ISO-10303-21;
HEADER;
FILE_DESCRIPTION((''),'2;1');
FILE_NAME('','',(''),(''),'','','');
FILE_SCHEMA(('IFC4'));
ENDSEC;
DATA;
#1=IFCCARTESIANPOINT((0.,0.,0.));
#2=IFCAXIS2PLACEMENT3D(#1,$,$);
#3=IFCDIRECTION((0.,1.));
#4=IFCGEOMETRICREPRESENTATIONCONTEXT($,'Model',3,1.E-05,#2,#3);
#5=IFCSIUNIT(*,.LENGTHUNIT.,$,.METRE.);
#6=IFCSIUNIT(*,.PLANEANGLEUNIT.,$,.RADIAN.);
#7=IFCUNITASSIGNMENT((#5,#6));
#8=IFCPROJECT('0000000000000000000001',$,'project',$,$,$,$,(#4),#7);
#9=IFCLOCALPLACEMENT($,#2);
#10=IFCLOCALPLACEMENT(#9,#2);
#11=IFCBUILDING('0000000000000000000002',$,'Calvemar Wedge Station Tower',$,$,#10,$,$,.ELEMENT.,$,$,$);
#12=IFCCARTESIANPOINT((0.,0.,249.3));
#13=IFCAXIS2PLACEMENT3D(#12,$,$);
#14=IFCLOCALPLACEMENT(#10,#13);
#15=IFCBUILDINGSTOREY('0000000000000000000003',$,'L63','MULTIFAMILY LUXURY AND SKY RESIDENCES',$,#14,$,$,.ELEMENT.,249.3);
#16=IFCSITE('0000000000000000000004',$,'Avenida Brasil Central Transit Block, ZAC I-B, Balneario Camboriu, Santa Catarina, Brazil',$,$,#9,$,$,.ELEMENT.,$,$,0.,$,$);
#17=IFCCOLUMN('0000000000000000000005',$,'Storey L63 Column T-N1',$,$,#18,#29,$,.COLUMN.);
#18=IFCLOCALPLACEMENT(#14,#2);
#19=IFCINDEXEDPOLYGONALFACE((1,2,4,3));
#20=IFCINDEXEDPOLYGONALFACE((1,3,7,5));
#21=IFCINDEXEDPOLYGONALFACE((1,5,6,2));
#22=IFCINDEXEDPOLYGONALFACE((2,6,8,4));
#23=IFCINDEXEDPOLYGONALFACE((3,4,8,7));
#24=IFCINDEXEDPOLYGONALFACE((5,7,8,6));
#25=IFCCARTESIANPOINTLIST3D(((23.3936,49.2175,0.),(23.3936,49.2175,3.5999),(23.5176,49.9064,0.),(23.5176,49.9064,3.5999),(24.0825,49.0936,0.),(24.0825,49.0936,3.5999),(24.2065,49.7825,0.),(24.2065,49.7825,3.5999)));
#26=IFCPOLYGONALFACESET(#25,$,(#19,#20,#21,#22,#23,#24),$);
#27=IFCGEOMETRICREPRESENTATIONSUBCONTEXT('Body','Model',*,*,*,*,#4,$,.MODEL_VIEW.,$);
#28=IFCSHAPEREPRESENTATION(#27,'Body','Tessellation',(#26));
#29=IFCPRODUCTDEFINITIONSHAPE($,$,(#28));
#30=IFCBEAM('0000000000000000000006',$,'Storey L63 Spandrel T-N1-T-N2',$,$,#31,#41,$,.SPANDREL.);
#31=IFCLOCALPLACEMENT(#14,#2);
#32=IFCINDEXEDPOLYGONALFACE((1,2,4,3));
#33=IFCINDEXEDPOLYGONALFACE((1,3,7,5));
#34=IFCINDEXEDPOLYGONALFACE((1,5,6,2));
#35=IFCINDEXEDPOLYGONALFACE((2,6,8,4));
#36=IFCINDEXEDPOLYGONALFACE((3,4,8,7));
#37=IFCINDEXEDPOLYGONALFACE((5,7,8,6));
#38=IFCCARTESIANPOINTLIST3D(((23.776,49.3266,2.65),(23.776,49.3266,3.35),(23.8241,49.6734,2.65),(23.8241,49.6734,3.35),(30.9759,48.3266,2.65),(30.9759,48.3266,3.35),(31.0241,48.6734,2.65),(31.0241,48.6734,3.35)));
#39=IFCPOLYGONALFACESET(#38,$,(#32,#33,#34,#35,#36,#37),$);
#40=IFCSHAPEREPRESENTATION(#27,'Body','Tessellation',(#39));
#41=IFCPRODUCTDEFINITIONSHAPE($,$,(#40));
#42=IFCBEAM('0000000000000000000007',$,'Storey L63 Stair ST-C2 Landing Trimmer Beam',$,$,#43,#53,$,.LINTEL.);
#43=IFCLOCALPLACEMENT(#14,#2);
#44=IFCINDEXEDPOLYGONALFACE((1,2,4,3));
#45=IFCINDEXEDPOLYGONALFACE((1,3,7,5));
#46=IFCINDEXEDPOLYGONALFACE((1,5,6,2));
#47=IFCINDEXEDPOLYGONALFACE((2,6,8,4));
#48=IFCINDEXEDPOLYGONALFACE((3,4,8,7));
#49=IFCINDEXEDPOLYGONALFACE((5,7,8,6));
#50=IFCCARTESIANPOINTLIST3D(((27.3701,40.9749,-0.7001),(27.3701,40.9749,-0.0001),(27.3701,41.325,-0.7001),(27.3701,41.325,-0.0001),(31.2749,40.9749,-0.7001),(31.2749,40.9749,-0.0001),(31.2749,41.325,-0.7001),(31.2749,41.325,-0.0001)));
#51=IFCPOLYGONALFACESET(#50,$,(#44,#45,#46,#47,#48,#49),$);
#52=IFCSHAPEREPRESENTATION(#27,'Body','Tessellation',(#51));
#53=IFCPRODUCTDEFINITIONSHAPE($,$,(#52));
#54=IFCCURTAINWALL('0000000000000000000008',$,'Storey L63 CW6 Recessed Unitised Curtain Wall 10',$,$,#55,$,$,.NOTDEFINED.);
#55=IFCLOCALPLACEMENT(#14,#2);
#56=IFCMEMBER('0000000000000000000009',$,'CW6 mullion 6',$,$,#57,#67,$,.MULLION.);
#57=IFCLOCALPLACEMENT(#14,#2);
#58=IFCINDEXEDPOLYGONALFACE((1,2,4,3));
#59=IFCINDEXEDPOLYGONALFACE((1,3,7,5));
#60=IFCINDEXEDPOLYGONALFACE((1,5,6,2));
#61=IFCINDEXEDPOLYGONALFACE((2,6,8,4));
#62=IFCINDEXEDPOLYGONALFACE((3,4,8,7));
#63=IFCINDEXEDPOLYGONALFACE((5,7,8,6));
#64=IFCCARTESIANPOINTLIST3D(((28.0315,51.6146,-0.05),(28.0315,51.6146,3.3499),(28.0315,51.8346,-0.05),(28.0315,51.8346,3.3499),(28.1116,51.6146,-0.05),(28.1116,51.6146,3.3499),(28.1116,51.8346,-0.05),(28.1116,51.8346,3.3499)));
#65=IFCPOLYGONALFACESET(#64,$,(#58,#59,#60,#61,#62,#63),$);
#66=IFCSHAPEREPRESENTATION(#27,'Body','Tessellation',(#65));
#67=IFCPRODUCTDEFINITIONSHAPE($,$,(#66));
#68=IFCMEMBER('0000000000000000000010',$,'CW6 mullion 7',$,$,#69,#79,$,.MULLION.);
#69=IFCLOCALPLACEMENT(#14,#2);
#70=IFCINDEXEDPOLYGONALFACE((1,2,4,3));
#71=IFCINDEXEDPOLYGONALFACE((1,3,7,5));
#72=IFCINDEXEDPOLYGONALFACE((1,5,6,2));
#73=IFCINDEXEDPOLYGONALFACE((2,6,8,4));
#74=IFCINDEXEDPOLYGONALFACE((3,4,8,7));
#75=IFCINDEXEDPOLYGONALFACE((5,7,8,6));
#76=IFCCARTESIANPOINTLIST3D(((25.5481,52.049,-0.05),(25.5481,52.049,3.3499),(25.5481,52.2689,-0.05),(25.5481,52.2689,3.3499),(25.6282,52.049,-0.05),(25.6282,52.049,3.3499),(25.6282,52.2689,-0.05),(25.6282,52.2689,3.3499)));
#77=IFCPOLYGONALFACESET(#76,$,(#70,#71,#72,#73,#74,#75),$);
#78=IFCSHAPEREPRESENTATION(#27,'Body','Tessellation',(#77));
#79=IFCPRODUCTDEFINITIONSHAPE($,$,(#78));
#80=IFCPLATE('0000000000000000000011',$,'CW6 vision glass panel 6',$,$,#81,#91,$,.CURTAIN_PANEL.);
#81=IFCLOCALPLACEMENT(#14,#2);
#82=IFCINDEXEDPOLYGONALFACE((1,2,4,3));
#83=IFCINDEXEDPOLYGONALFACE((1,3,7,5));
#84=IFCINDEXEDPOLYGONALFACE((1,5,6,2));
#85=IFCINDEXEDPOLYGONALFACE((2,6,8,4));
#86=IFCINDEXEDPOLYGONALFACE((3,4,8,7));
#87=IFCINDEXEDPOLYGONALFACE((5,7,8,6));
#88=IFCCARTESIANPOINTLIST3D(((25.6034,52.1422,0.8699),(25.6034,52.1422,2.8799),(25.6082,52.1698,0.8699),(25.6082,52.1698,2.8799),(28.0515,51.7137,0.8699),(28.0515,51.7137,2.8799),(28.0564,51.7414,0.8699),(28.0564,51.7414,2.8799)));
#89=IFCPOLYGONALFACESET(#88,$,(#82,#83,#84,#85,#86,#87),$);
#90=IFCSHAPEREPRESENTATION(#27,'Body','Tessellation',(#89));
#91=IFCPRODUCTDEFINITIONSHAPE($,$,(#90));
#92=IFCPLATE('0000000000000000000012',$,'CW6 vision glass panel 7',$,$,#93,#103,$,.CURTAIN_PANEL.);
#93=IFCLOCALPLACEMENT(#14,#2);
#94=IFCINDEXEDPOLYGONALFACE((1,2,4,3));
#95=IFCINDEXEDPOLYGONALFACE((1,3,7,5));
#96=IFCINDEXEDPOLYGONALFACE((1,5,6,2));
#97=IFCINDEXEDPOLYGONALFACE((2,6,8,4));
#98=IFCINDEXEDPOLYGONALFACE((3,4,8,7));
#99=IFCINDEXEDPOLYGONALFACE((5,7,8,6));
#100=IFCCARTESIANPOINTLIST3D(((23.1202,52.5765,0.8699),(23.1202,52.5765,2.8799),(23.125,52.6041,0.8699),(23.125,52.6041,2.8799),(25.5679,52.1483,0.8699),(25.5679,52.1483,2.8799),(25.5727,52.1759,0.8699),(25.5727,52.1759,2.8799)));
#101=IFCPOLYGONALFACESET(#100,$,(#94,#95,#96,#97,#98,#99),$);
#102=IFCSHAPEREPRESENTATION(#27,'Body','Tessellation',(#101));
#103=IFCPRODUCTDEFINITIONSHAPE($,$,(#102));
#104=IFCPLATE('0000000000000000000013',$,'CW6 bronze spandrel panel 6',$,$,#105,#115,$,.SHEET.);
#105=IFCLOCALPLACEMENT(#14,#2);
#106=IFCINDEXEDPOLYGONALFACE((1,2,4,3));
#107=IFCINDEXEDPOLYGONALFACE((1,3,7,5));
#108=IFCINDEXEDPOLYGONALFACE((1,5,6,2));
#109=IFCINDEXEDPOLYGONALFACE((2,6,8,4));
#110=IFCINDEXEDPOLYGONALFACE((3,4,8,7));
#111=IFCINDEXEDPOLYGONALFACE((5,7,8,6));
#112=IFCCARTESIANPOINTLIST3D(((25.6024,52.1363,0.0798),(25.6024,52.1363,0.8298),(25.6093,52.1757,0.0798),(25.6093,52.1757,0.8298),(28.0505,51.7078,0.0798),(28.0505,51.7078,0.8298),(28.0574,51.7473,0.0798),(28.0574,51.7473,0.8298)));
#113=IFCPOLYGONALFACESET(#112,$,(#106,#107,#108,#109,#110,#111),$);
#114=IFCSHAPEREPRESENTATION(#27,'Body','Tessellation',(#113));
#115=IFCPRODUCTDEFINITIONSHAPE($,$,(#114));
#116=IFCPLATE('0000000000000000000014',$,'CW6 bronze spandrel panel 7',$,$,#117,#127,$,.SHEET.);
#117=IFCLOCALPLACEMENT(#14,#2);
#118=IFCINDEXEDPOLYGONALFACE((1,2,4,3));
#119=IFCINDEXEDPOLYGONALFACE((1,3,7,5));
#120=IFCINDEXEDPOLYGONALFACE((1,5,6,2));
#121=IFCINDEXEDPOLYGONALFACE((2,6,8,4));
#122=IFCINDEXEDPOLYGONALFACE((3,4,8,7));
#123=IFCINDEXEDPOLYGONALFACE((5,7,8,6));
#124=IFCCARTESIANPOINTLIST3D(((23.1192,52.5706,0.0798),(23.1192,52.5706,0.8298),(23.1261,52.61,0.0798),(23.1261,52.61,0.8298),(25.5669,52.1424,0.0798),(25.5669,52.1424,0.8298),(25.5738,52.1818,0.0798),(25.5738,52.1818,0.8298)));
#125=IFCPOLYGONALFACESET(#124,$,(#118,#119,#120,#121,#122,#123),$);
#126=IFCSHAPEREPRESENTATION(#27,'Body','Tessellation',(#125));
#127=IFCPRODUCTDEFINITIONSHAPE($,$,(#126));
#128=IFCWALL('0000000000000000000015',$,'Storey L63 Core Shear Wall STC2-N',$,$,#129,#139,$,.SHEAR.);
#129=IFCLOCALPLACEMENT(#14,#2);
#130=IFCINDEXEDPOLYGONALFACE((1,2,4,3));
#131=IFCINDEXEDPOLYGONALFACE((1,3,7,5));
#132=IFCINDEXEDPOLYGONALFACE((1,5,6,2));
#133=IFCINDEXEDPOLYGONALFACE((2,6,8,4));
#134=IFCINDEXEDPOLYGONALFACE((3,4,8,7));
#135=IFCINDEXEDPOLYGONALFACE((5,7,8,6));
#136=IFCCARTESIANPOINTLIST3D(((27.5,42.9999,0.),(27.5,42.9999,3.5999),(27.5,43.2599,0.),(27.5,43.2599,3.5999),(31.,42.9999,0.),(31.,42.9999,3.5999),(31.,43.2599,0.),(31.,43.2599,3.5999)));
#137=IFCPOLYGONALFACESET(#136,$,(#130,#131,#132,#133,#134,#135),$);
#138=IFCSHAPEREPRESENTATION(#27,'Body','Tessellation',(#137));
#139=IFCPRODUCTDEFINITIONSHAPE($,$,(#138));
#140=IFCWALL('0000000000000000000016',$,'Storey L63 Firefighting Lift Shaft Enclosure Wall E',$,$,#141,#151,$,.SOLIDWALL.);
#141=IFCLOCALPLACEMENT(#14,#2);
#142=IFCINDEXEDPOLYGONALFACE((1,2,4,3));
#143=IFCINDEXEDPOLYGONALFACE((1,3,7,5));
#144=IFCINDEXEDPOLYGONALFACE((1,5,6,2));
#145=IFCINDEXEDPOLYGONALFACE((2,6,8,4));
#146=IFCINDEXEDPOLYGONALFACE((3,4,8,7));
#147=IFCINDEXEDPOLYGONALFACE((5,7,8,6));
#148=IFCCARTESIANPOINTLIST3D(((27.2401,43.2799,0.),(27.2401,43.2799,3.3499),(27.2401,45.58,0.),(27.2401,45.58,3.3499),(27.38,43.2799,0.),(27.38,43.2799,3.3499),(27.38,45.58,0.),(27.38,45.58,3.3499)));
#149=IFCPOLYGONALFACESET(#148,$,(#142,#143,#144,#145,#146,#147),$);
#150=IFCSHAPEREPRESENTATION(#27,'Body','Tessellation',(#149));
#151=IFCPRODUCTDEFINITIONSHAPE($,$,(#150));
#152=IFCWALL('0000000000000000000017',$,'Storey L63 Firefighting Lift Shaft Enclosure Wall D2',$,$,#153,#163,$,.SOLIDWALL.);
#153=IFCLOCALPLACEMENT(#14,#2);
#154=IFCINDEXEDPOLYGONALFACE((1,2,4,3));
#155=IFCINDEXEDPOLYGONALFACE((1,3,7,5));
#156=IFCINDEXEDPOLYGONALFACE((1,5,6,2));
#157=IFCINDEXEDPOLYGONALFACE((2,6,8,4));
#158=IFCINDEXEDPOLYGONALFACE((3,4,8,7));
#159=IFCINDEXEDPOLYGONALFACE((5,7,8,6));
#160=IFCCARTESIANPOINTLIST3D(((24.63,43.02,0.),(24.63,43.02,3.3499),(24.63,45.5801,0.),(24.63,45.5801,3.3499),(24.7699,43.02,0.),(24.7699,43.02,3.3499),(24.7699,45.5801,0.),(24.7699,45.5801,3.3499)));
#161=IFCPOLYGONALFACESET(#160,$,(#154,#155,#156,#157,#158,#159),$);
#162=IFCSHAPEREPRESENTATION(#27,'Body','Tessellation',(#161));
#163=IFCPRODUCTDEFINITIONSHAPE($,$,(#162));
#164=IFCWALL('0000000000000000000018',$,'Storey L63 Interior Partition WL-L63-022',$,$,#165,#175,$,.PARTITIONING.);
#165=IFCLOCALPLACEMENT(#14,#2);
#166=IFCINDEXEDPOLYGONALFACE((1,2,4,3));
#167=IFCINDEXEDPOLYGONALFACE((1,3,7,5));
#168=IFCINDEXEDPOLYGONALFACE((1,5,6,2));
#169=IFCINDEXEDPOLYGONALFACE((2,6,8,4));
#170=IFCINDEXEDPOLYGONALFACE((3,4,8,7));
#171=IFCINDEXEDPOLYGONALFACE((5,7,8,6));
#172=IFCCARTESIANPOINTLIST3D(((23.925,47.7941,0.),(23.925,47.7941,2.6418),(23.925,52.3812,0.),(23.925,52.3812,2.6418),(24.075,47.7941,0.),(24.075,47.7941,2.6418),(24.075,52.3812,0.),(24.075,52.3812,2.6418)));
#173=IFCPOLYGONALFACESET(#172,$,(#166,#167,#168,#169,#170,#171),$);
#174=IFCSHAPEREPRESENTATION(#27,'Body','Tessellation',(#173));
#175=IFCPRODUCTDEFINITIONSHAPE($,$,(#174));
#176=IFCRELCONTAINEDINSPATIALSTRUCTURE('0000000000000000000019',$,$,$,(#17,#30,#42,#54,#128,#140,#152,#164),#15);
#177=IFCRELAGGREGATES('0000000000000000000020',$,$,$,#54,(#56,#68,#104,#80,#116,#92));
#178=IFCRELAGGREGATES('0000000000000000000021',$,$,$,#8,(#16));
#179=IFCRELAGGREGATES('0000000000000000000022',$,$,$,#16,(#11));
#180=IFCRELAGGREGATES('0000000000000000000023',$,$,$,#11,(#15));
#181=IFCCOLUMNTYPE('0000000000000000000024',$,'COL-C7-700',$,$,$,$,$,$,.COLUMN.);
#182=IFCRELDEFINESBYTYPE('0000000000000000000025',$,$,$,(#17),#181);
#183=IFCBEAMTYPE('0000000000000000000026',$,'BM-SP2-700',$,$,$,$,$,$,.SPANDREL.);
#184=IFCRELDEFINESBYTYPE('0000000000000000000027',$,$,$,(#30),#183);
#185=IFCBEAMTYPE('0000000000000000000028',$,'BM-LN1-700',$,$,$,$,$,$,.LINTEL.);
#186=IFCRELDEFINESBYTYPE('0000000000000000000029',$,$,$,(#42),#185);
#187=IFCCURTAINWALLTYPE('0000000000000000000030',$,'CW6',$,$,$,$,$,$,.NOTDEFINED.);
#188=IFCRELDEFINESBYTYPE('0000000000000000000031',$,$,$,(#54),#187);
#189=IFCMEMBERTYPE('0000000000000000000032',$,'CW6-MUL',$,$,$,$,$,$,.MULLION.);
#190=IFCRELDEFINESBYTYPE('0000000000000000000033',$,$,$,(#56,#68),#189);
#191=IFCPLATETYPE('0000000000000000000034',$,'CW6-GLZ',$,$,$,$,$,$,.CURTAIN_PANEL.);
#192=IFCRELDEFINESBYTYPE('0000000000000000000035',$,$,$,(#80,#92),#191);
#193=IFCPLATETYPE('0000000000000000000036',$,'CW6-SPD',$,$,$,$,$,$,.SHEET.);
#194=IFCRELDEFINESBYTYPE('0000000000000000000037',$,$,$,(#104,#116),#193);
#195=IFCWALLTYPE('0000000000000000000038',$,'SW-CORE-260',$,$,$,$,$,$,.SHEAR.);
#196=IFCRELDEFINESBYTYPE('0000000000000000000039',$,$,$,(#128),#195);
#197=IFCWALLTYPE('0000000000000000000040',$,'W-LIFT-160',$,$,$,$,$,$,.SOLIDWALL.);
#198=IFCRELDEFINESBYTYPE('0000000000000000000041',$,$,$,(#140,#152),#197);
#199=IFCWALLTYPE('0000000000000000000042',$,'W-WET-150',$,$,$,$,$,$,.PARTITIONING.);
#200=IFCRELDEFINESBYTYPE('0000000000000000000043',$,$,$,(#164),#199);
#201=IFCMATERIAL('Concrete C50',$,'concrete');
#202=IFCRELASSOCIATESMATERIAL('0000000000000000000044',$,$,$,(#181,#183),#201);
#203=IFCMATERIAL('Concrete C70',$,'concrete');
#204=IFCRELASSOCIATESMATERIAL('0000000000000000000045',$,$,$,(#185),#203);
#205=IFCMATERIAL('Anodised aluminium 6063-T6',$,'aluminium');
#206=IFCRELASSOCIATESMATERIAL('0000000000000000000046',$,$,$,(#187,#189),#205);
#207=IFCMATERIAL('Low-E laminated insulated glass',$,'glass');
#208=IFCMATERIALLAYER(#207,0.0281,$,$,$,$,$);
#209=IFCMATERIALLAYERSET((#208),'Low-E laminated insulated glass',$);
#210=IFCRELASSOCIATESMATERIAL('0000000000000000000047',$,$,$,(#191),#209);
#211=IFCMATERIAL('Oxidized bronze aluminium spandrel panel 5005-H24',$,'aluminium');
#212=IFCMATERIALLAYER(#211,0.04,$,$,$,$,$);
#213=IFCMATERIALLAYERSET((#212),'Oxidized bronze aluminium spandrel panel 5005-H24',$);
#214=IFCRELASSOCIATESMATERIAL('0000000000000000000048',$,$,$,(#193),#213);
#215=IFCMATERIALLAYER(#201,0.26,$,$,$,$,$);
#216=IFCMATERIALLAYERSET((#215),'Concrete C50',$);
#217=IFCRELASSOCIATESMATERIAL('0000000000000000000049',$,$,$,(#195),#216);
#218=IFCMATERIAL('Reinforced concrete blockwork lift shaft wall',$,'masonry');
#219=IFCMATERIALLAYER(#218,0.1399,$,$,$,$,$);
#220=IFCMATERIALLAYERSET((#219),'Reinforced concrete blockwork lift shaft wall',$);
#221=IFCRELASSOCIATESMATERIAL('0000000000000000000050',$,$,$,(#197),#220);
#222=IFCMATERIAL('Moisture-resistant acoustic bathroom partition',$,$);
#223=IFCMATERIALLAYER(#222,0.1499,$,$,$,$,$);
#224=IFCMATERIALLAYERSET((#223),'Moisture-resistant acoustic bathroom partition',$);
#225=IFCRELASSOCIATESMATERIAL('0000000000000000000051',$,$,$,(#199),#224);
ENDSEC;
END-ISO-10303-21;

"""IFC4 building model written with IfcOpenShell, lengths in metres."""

from ifc_helpers import new_model, si_unit, direction, frame, frame_2d, origin, origin_2d, place, context, subcontext, project, spatial, rectangle, extrude, source, transform, mapped, material, layer, layer_set, material_profile, profile_set, type_object, element, aggregate, save


model = new_model("IFC4")

# Units and contexts
model_context = context("Model", 3, precision=1e-05, world=origin(), true_north=direction((0.0, 1.0)))
body_context = subcontext(model_context, "Body", "Model", "MODEL_VIEW")
ifc_project = project(units=[si_unit("LENGTHUNIT", "METRE"), si_unit("PLANEANGLEUNIT", "RADIAN")], contexts=[model_context])

# Site, building, storey
site_placement = place(None, origin())
site = spatial("IfcSite", under=ifc_project, at=site_placement, Name="Avenida Brasil Central Transit Block, ZAC I-B, Balneario Camboriu, Santa Catarina, Brazil", CompositionType="ELEMENT", RefElevation=0.0)
building_placement = place(site_placement, origin())
building = spatial("IfcBuilding", under=site, at=building_placement, Name="Calvemar Wedge Station Tower", CompositionType="ELEMENT")
storey_placement = place(building_placement, frame((0.0, 0.0, 249.3)))
storey = spatial("IfcBuildingStorey", under=building, at=storey_placement, Name="L63", Description="MULTIFAMILY LUXURY AND SKY RESIDENCES", CompositionType="ELEMENT", Elevation=249.3)

# Column
ifc_material_1 = material(Name="Concrete C50", Category="concrete")
ifc_material_profile_1 = material_profile(ifc_material_1, rectangle(XDim=0.7, YDim=0.7, at=origin_2d()), Name="RC700x700")
ifc_profile_set_1 = profile_set([ifc_material_profile_1], Name="Concrete C50")
column_type = type_object("IfcColumnType", Name="COL-C7-700", PredefinedType="COLUMN", material=ifc_profile_set_1)
shared_shape_1 = source(origin(), body_context, "Body", "SweptSolid", [
    extrude(rectangle(XDim=0.7, YDim=0.7, at=origin_2d()), origin(), (0.0, 0.0, 1.0), 3.5999),
])
column_placement = place(storey_placement, frame((23.8, 49.5, 0.0), z_axis=(0.0, 0.0, 1.0), x_axis=(0.984196, -0.177085, 0.0)))
element("IfcColumn", 1, at=column_placement, inside=storey, type_object=column_type, Name="Storey L63 Column T-N1", PredefinedType="COLUMN", context=body_context, shape_type="MappedRepresentation", body=[
    mapped(shared_shape_1, transform((0.0, 0.0, 0.0), scale=1.0)),
])

# Beams
ifc_material_profile_2 = material_profile(ifc_material_1, rectangle(XDim=0.3501, YDim=0.7, at=origin_2d()), Name="RC350x700")
ifc_profile_set_2 = profile_set([ifc_material_profile_2], Name="Concrete C50")
beam_type_1 = type_object("IfcBeamType", Name="BM-SP2-700", PredefinedType="SPANDREL", material=ifc_profile_set_2)
shared_shape_2 = source(origin(), body_context, "Body", "SweptSolid", [
    extrude(rectangle(XDim=0.3501, YDim=0.7, at=origin_2d()), origin(), (0.0, 0.0, 1.0), 7.269),
])
beam_1_placement = place(storey_placement, frame((23.8, 49.5, 3.0), z_axis=(0.990492, -0.137569, 0.0), x_axis=(0.137569, 0.990492, 0.0)))
element("IfcBeam", 2, at=beam_1_placement, inside=storey, type_object=beam_type_1, Name="Storey L63 Spandrel T-N1-T-N2", PredefinedType="SPANDREL", context=body_context, shape_type="MappedRepresentation", body=[
    mapped(shared_shape_2, transform((0.0, 0.0, 0.0), scale=1.0)),
])
ifc_material_2 = material(Name="Concrete C70", Category="concrete")
ifc_material_profile_3 = material_profile(ifc_material_2, rectangle(XDim=0.3501, YDim=0.7, at=origin_2d()), Name="RC350x700")
ifc_profile_set_3 = profile_set([ifc_material_profile_3], Name="Concrete C70")
beam_type_2 = type_object("IfcBeamType", Name="BM-LN1-700", PredefinedType="LINTEL", material=ifc_profile_set_3)
shared_shape_3 = source(origin(), body_context, "Body", "SweptSolid", [
    extrude(rectangle(XDim=0.3501, YDim=0.7, at=origin_2d()), origin(), (0.0, 0.0, 1.0), 3.9048),
])
beam_2_placement = place(storey_placement, frame((27.3701, 41.1499, -0.3501), z_axis=(1.0, 0.0, 0.0), x_axis=(0.0, 1.0, 0.0)))
element("IfcBeam", 3, at=beam_2_placement, inside=storey, type_object=beam_type_2, Name="Storey L63 Stair ST-C2 Landing Trimmer Beam", PredefinedType="LINTEL", context=body_context, shape_type="MappedRepresentation", body=[
    mapped(shared_shape_3, transform((0.0, 0.0, 0.0), scale=1.0)),
])

# Curtain wall, members, plates
ifc_material_3 = material(Name="Anodised aluminium 6063-T6", Category="aluminium")
curtain_wall_type = type_object("IfcCurtainWallType", Name="CW6", PredefinedType="NOTDEFINED", material=ifc_material_3)
curtain_wall_placement = place(storey_placement, origin())
curtain_wall = element("IfcCurtainWall", 4, at=curtain_wall_placement, inside=storey, type_object=curtain_wall_type, Name="Storey L63 CW6 Recessed Unitised Curtain Wall 10", PredefinedType="NOTDEFINED")
ifc_material_profile_4 = material_profile(ifc_material_3, rectangle(XDim=0.0801, YDim=0.22, at=origin_2d()), Name="AL-MUL-80x220")
ifc_profile_set_4 = profile_set([ifc_material_profile_4], Name="Anodised aluminium 6063-T6")
member_type = type_object("IfcMemberType", Name="CW6-MUL", PredefinedType="MULLION", material=ifc_profile_set_4)
shared_shape_4 = source(origin(), body_context, "Body", "SweptSolid", [
    extrude(rectangle(XDim=0.0801, YDim=0.22, at=origin_2d()), origin(), (0.0, 0.0, 1.0), 3.3999),
])
member_1_placement = place(storey_placement, frame((28.0715, 51.7246, -0.05), z_axis=(0.0, 0.0, 1.0), x_axis=(1.0, 0.0, 0.0)))
member_1 = element("IfcMember", 5, at=member_1_placement, type_object=member_type, Name="CW6 mullion 6", PredefinedType="MULLION", context=body_context, shape_type="MappedRepresentation", body=[
    mapped(shared_shape_4, transform((0.0, 0.0, 0.0), scale=1.0)),
])
member_2_placement = place(storey_placement, frame((25.5881, 52.1589, -0.05), z_axis=(0.0, 0.0, 1.0), x_axis=(1.0, 0.0, 0.0)))
member_2 = element("IfcMember", 6, at=member_2_placement, type_object=member_type, Name="CW6 mullion 7", PredefinedType="MULLION", context=body_context, shape_type="MappedRepresentation", body=[
    mapped(shared_shape_4, transform((0.0, 0.0, 0.0), scale=1.0)),
])
ifc_material_4 = material(Name="Low-E laminated insulated glass", Category="glass")
ifc_layer_1 = layer(ifc_material_4, 0.0281)
ifc_layer_set_1 = layer_set([ifc_layer_1], Name="Low-E laminated insulated glass")
plate_type_1 = type_object("IfcPlateType", Name="CW6-GLZ", PredefinedType="CURTAIN_PANEL", material=ifc_layer_set_1)
plate_1_placement = place(storey_placement, frame((28.054, 51.7275, 0.8699), z_axis=(0.0, 0.0, 1.0), x_axis=(-0.985029, 0.17239, 0.0)))
plate_1 = element("IfcPlate", 7, at=plate_1_placement, type_object=plate_type_1, Name="CW6 vision glass panel 6", PredefinedType="CURTAIN_PANEL", context=body_context, shape_type="SweptSolid", body=[
    extrude(rectangle(XDim=2.4854, YDim=0.0281, at=frame_2d((1.2427, 0.0))), origin(), (0.0, 0.0, 1.0), 2.01),
])
plate_2_placement = place(storey_placement, frame((25.5703, 52.1621, 0.8699), z_axis=(0.0, 0.0, 1.0), x_axis=(-0.98504, 0.172328, 0.0)))
plate_2 = element("IfcPlate", 8, at=plate_2_placement, type_object=plate_type_1, Name="CW6 vision glass panel 7", PredefinedType="CURTAIN_PANEL", context=body_context, shape_type="SweptSolid", body=[
    extrude(rectangle(XDim=2.4849, YDim=0.0281, at=frame_2d((1.2424, 0.0))), origin(), (0.0, 0.0, 1.0), 2.01),
])
ifc_material_5 = material(Name="Oxidized bronze aluminium spandrel panel 5005-H24", Category="aluminium")
ifc_layer_2 = layer(ifc_material_5, 0.04)
ifc_layer_set_2 = layer_set([ifc_layer_2], Name="Oxidized bronze aluminium spandrel panel 5005-H24")
plate_type_2 = type_object("IfcPlateType", Name="CW6-SPD", PredefinedType="SHEET", material=ifc_layer_set_2)
plate_3_placement = place(storey_placement, frame((28.054, 51.7275, 0.0798), z_axis=(0.0, 0.0, 1.0), x_axis=(-0.985029, 0.17239, 0.0)))
plate_3 = element("IfcPlate", 9, at=plate_3_placement, type_object=plate_type_2, Name="CW6 bronze spandrel panel 6", PredefinedType="SHEET", context=body_context, shape_type="SweptSolid", body=[
    extrude(rectangle(XDim=2.4854, YDim=0.04, at=frame_2d((1.2427, 0.0))), origin(), (0.0, 0.0, 1.0), 0.75),
])
plate_4_placement = place(storey_placement, frame((25.5703, 52.1621, 0.0798), z_axis=(0.0, 0.0, 1.0), x_axis=(-0.98504, 0.172328, 0.0)))
plate_4 = element("IfcPlate", 10, at=plate_4_placement, type_object=plate_type_2, Name="CW6 bronze spandrel panel 7", PredefinedType="SHEET", context=body_context, shape_type="SweptSolid", body=[
    extrude(rectangle(XDim=2.4849, YDim=0.04, at=frame_2d((1.2424, 0.0))), origin(), (0.0, 0.0, 1.0), 0.75),
])
aggregate(curtain_wall, [member_1, member_2, plate_3, plate_1, plate_4, plate_2])

# Wall
ifc_layer_3 = layer(ifc_material_1, 0.26)
ifc_layer_set_3 = layer_set([ifc_layer_3], Name="Concrete C50")
wall_type_1 = type_object("IfcWallType", Name="SW-CORE-260", PredefinedType="SHEAR", material=ifc_layer_set_3)
wall_1_placement = place(storey_placement, frame((27.5, 43.1299, 0.0), z_axis=(0.0, 0.0, 1.0), x_axis=(1.0, 0.0, 0.0)))
element("IfcWall", 11, at=wall_1_placement, inside=storey, type_object=wall_type_1, Name="Storey L63 Core Shear Wall STC2-N", PredefinedType="SHEAR", context=body_context, shape_type="SweptSolid", body=[
    extrude(rectangle(XDim=3.5, YDim=0.26, at=frame_2d((1.75, 0.0))), origin(), (0.0, 0.0, 1.0), 3.5999),
])

# Walls
ifc_material_6 = material(Name="Reinforced concrete blockwork lift shaft wall", Category="masonry")
ifc_layer_4 = layer(ifc_material_6, 0.1399)
ifc_layer_set_4 = layer_set([ifc_layer_4], Name="Reinforced concrete blockwork lift shaft wall")
wall_type_2 = type_object("IfcWallType", Name="W-LIFT-160", PredefinedType="SOLIDWALL", material=ifc_layer_set_4)
wall_2_placement = place(storey_placement, frame((27.3101, 43.28, 0.0), z_axis=(0.0, 0.0, 1.0), x_axis=(0.0, 1.0, 0.0)))
element("IfcWall", 12, at=wall_2_placement, inside=storey, type_object=wall_type_2, Name="Storey L63 Firefighting Lift Shaft Enclosure Wall E", PredefinedType="SOLIDWALL", context=body_context, shape_type="SweptSolid", body=[
    extrude(rectangle(XDim=2.3, YDim=0.1399, at=frame_2d((1.1499, 0.0))), origin(), (0.0, 0.0, 1.0), 3.3499),
])
wall_3_placement = place(storey_placement, frame((24.7, 43.02, 0.0), z_axis=(0.0, 0.0, 1.0), x_axis=(0.0, 1.0, 0.0)))
element("IfcWall", 13, at=wall_3_placement, inside=storey, type_object=wall_type_2, Name="Storey L63 Firefighting Lift Shaft Enclosure Wall D2", PredefinedType="SOLIDWALL", context=body_context, shape_type="SweptSolid", body=[
    extrude(rectangle(XDim=2.5601, YDim=0.1399, at=frame_2d((1.28, 0.0))), origin(), (0.0, 0.0, 1.0), 3.3499),
])
ifc_material_7 = material(Name="Moisture-resistant acoustic bathroom partition")
ifc_layer_5 = layer(ifc_material_7, 0.1499)
ifc_layer_set_5 = layer_set([ifc_layer_5], Name="Moisture-resistant acoustic bathroom partition")
wall_type_3 = type_object("IfcWallType", Name="W-WET-150", PredefinedType="PARTITIONING", material=ifc_layer_set_5)
wall_4_placement = place(storey_placement, frame((24.0, 52.3811, 0.0), z_axis=(0.0, 0.0, 1.0), x_axis=(0.0, -1.0, 0.0)))
element("IfcWall", 14, at=wall_4_placement, inside=storey, type_object=wall_type_3, Name="Storey L63 Interior Partition WL-L63-022", PredefinedType="PARTITIONING", context=body_context, shape_type="SweptSolid", body=[
    extrude(rectangle(XDim=4.5872, YDim=0.1499, at=frame_2d((2.2935, 0.0))), origin(), (0.0, 0.0, 1.0), 2.6418),
])

save(model, "model.ifc")
